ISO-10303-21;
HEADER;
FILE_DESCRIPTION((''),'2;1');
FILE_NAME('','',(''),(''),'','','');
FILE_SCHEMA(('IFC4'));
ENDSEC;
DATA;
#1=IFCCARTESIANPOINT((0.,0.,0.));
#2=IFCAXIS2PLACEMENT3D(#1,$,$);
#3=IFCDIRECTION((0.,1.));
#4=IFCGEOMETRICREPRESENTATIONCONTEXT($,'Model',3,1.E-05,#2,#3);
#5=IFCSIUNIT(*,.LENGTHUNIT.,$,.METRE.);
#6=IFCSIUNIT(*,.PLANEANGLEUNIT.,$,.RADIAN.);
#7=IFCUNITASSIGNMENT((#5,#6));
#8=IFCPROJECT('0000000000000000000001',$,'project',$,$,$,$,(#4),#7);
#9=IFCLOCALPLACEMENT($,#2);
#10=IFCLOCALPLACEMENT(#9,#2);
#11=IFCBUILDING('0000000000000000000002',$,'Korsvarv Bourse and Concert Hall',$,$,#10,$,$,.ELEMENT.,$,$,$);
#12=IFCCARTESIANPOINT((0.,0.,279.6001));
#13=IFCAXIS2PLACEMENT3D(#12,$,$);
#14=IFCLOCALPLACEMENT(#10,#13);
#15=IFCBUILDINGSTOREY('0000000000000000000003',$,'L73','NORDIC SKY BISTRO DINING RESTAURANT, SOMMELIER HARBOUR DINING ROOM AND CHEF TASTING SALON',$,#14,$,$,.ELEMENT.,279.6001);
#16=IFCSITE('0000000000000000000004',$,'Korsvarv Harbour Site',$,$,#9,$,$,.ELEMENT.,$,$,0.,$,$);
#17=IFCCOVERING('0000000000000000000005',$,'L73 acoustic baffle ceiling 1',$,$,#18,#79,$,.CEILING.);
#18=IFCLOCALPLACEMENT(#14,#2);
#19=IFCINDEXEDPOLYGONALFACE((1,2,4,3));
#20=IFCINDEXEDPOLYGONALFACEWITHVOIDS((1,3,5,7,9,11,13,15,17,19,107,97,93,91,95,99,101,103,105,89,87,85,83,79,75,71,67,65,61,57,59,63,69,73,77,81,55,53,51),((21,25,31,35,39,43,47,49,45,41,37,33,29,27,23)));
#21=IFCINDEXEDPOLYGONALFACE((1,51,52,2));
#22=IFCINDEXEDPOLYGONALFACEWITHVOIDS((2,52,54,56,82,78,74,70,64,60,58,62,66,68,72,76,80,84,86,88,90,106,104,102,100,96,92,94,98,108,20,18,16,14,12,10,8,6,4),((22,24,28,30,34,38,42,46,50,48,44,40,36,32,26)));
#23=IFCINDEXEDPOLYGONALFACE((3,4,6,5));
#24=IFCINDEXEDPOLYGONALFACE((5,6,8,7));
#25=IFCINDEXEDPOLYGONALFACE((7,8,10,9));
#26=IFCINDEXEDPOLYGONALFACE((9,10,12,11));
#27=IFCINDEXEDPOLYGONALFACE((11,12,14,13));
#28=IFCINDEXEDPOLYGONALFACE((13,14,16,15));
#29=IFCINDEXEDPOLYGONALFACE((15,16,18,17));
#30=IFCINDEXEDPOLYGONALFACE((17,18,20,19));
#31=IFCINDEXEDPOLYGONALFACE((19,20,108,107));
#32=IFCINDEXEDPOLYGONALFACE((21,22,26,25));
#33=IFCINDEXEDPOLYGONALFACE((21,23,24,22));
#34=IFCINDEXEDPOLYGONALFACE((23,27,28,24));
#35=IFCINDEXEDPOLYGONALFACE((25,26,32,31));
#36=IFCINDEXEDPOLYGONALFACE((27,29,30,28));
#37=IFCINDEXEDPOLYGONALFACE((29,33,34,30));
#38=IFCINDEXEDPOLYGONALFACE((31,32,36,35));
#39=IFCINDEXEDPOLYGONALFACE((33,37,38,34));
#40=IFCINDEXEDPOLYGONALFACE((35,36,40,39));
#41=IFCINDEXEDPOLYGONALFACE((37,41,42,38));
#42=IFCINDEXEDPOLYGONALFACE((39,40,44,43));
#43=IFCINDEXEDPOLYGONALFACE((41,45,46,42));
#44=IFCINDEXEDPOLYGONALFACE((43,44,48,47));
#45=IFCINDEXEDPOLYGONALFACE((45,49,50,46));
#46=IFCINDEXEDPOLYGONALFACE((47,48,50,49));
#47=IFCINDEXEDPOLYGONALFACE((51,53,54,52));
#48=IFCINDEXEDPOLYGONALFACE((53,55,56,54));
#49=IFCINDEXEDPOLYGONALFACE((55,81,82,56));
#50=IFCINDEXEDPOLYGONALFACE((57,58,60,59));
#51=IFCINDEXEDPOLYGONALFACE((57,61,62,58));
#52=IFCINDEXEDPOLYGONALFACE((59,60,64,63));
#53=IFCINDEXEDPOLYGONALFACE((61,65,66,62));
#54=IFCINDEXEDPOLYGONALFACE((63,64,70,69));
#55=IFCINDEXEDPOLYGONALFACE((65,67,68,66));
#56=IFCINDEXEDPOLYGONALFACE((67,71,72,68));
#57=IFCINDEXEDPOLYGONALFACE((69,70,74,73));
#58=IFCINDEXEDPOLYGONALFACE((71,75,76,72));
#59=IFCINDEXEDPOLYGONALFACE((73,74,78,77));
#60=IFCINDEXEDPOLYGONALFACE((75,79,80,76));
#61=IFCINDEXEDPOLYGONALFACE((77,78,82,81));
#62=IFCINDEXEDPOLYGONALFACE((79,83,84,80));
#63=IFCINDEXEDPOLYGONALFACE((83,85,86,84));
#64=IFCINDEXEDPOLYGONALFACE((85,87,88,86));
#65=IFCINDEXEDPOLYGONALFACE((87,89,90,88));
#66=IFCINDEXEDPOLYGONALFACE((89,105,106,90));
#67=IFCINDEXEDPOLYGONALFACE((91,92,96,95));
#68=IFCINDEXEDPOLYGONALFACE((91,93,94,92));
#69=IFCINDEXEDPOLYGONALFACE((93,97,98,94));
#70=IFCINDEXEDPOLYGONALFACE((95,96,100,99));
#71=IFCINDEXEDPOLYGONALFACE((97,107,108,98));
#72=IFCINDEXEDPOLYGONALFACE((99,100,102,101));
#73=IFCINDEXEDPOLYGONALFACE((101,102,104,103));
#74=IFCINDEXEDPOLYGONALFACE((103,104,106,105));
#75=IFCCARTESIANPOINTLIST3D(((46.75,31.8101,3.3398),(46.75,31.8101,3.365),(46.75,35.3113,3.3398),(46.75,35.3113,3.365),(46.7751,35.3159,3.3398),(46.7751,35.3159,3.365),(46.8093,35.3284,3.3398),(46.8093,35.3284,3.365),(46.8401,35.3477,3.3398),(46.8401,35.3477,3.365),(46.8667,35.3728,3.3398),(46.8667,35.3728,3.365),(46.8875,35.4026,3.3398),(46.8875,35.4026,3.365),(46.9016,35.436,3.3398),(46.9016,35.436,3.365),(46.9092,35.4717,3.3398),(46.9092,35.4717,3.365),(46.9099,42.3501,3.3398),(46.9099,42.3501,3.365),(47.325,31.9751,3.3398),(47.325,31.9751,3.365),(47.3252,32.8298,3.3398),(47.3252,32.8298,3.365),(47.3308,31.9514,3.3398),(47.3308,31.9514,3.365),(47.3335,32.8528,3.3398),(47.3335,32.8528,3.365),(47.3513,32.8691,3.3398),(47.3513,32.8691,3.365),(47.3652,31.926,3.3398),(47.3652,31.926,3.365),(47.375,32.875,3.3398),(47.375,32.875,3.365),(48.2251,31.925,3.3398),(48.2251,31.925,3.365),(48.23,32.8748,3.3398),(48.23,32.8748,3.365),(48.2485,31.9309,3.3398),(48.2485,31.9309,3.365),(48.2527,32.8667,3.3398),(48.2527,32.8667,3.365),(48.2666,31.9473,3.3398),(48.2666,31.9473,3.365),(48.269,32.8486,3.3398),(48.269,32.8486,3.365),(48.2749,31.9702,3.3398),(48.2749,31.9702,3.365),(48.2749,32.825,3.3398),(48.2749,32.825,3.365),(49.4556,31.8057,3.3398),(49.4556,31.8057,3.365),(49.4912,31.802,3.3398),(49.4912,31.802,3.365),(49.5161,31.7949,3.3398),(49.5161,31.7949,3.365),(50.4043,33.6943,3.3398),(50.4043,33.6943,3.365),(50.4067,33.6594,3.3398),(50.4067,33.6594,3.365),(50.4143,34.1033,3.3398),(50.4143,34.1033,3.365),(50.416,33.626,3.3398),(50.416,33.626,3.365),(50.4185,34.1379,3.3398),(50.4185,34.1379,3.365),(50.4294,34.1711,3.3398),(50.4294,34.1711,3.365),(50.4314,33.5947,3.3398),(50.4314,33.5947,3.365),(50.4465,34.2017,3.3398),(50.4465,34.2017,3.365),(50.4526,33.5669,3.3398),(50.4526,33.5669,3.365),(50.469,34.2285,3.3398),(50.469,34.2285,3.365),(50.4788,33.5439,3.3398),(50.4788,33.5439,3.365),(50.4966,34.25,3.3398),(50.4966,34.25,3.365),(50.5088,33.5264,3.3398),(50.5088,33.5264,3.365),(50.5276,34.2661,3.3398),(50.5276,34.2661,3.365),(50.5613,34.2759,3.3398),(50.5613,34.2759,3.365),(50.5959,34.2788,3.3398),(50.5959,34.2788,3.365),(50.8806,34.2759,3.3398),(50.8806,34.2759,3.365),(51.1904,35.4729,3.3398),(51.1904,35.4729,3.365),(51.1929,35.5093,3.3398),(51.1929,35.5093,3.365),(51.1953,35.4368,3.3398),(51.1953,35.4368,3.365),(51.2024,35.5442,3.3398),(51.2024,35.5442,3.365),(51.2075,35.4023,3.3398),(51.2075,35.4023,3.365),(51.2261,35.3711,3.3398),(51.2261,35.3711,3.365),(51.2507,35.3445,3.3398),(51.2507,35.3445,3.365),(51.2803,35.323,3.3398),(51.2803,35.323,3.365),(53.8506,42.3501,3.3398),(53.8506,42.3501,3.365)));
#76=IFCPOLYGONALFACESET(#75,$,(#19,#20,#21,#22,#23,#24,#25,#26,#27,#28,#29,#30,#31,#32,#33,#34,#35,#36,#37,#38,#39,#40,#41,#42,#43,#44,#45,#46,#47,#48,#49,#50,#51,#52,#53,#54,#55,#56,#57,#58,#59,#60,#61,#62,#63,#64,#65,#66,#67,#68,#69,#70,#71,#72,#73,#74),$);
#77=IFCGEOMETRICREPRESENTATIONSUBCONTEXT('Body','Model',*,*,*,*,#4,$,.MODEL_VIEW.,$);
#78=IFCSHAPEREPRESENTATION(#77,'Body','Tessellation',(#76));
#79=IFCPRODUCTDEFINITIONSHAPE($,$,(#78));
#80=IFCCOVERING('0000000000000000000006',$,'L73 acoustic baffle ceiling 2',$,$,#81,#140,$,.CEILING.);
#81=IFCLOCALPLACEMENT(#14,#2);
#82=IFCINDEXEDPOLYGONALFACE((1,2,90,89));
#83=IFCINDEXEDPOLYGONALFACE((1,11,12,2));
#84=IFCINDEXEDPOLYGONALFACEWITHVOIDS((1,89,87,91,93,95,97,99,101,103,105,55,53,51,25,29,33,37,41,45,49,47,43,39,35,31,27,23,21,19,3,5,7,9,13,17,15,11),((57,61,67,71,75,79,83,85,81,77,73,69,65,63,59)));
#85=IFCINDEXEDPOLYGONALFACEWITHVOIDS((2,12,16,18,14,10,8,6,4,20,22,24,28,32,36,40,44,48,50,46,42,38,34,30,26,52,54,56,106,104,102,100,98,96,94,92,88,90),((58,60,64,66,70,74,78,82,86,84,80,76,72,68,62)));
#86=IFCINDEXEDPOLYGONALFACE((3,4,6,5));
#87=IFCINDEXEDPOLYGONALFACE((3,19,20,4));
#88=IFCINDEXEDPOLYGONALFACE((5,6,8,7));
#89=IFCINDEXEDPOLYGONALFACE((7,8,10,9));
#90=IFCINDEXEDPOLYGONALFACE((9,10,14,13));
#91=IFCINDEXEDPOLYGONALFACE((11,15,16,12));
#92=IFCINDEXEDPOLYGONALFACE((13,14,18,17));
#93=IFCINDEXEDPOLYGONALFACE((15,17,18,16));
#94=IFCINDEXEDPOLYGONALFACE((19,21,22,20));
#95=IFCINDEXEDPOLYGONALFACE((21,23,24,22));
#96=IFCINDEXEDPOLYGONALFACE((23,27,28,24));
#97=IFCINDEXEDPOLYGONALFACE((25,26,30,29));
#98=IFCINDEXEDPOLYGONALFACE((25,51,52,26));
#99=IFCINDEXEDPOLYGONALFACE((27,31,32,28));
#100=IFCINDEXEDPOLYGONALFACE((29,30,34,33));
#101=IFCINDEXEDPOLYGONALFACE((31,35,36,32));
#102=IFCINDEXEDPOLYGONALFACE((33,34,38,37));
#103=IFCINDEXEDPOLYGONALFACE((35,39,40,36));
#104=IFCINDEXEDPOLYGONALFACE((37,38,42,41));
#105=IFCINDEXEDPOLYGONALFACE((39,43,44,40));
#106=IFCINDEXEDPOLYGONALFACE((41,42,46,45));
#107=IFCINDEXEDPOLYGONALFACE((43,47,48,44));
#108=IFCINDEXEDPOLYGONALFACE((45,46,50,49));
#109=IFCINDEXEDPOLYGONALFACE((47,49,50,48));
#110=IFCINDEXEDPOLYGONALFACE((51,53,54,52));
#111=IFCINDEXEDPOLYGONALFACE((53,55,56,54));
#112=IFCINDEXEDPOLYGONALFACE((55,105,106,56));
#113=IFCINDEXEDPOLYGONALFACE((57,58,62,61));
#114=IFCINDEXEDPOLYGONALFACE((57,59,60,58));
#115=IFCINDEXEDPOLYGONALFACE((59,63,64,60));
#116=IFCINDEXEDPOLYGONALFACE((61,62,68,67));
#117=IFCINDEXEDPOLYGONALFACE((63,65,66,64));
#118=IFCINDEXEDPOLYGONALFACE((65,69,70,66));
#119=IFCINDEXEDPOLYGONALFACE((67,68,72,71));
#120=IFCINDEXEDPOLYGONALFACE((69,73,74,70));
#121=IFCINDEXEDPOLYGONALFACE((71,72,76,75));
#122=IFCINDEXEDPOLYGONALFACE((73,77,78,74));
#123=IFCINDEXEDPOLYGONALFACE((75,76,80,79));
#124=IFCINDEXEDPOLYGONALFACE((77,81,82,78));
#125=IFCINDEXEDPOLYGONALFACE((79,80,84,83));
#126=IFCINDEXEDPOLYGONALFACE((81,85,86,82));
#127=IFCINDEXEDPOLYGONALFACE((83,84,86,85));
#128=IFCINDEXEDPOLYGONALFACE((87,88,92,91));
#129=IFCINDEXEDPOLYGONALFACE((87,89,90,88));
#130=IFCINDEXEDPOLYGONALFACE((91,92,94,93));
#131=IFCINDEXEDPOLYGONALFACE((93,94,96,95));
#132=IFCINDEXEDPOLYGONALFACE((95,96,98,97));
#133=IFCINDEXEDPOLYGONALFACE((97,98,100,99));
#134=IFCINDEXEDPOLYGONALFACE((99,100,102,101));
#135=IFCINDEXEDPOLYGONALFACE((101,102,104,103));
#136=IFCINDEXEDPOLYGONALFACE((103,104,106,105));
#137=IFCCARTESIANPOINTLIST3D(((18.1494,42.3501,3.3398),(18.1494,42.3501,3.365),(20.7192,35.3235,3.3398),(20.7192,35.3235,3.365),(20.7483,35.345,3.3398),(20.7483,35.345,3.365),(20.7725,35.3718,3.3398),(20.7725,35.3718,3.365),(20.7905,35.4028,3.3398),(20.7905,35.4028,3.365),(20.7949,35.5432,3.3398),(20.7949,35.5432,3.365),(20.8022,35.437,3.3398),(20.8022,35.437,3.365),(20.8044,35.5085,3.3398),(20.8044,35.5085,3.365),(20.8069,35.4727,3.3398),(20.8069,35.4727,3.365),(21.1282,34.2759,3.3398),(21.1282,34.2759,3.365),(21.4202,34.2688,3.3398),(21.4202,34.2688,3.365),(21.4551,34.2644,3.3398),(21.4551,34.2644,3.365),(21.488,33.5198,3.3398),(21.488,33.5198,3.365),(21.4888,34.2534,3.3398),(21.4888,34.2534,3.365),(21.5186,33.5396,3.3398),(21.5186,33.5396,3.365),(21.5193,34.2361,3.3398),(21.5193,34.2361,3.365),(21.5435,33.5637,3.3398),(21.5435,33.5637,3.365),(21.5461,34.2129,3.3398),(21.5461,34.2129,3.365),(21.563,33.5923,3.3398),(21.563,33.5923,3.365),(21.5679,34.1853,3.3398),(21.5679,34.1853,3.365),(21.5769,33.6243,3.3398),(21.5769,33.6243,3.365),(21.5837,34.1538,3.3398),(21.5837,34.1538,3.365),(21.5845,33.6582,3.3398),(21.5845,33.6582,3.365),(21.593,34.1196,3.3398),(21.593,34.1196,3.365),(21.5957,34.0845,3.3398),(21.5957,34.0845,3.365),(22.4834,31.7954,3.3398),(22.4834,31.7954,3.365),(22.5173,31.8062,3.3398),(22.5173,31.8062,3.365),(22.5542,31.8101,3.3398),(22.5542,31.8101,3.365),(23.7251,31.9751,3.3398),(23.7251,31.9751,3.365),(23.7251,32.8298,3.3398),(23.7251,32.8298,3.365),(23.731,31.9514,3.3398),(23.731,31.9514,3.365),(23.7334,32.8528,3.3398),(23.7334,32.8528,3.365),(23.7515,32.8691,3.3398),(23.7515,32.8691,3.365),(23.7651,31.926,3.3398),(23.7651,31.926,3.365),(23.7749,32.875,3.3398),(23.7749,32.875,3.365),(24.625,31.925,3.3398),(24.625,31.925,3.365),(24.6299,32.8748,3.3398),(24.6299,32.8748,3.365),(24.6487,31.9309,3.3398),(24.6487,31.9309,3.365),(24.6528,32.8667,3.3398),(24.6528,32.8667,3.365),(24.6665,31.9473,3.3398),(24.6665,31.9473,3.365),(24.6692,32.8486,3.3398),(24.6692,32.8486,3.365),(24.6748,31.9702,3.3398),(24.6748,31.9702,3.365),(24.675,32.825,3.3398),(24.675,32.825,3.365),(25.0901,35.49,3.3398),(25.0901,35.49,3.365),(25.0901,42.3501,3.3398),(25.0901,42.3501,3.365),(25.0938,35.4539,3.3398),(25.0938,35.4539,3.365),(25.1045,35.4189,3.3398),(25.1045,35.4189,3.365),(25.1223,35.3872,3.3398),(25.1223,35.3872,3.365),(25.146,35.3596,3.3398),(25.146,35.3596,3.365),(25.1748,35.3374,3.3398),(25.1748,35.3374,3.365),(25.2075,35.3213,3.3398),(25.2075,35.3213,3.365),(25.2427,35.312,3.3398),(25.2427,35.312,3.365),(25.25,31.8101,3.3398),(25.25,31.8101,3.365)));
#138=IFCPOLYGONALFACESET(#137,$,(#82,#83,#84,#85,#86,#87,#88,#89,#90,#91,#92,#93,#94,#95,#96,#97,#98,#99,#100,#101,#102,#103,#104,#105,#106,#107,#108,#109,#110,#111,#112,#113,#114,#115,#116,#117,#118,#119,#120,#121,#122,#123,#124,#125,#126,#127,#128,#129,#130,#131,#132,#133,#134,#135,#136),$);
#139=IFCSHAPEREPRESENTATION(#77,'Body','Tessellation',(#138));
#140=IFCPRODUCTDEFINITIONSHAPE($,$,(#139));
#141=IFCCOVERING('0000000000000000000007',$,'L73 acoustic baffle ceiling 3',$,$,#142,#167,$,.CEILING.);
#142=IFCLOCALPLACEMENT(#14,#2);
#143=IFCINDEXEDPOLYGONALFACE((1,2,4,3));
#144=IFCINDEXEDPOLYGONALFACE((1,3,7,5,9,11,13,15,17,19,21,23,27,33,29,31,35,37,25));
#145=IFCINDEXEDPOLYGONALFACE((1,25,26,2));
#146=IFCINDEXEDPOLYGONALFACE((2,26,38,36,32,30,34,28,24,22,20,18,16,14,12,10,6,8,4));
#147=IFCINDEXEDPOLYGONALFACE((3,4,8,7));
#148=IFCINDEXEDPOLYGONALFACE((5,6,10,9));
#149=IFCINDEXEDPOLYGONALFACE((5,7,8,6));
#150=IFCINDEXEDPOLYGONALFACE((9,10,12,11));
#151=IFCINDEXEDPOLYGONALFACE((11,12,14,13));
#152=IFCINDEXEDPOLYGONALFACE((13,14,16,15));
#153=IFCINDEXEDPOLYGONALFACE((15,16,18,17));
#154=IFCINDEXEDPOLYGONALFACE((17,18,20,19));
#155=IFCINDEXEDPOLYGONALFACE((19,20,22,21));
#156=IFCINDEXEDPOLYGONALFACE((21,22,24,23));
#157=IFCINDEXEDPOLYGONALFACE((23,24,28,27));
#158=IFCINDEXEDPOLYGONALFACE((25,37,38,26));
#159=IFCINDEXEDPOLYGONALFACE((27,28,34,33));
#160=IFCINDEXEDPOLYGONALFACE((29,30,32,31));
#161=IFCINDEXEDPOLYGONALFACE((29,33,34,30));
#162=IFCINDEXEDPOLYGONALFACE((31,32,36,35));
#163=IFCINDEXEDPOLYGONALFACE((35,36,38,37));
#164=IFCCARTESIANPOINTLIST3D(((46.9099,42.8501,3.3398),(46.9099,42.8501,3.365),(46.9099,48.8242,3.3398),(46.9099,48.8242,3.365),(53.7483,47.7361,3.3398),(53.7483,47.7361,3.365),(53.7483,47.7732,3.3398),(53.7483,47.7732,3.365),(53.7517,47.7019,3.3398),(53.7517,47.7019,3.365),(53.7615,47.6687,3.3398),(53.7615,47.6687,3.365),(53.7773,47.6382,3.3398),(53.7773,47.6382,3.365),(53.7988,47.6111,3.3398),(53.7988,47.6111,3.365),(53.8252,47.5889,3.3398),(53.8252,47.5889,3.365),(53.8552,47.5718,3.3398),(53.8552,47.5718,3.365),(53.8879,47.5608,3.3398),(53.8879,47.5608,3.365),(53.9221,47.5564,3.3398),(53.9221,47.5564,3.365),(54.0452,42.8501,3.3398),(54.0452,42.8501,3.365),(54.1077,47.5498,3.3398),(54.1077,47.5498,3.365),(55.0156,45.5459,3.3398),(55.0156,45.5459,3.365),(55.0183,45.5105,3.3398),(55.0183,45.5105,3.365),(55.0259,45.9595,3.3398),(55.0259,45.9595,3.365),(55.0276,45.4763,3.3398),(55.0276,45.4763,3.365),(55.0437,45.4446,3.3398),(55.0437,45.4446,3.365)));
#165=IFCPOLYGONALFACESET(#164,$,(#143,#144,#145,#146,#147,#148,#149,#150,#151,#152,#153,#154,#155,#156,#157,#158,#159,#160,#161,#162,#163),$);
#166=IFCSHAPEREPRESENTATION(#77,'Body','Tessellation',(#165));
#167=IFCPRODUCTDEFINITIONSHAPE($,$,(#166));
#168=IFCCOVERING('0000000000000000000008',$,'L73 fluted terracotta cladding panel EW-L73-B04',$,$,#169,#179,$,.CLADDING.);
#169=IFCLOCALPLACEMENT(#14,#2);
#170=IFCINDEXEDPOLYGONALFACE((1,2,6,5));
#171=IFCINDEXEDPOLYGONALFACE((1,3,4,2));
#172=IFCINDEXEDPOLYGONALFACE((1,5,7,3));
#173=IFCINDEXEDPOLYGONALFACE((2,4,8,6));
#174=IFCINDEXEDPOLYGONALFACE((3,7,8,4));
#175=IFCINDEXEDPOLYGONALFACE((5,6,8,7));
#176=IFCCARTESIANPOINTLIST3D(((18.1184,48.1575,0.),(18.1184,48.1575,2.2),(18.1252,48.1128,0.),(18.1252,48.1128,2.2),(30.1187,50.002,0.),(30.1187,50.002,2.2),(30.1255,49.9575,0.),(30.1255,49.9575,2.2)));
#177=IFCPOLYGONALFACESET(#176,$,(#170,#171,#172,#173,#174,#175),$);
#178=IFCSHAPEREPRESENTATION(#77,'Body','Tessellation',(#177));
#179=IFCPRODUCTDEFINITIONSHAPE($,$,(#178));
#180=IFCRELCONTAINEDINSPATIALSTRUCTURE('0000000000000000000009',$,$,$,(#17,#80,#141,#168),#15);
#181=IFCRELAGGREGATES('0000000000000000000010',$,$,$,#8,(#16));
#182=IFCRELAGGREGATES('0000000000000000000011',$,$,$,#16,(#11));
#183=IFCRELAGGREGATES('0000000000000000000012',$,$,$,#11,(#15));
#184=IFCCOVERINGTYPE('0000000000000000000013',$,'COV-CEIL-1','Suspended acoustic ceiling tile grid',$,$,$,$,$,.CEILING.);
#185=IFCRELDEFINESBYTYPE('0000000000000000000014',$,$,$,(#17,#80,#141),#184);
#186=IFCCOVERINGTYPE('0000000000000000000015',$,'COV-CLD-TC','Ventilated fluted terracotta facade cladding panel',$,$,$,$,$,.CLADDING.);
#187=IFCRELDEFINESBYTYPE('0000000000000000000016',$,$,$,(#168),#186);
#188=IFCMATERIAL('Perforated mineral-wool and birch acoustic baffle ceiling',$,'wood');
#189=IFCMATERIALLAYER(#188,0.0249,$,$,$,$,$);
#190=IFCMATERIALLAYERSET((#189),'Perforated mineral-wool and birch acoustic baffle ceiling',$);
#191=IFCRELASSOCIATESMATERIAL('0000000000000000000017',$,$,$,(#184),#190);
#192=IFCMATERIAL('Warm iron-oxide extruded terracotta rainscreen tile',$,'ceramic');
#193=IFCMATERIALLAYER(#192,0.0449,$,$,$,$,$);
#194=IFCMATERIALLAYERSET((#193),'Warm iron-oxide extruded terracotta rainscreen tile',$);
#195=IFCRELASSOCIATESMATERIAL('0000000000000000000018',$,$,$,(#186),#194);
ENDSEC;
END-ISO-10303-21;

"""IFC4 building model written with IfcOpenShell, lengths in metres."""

from ifc_helpers import new_model, si_unit, direction, frame, origin, place, context, subcontext, project, spatial, polyline, outline, extrude, material, layer, layer_set, type_object, element, save


model = new_model("IFC4")

# Units and contexts
model_context = context("Model", 3, precision=1e-05, world=origin(), true_north=direction((0.0, 1.0)))
body_context = subcontext(model_context, "Body", "Model", "MODEL_VIEW")
ifc_project = project(units=[si_unit("LENGTHUNIT", "METRE"), si_unit("PLANEANGLEUNIT", "RADIAN")], contexts=[model_context])

# Site, building, storey
site_placement = place(None, origin())
site = spatial("IfcSite", under=ifc_project, at=site_placement, Name="Korsvarv Harbour Site", CompositionType="ELEMENT", RefElevation=0.0)
building_placement = place(site_placement, origin())
building = spatial("IfcBuilding", under=site, at=building_placement, Name="Korsvarv Bourse and Concert Hall", CompositionType="ELEMENT")
storey_placement = place(building_placement, frame((0.0, 0.0, 279.6001)))
storey = spatial("IfcBuildingStorey", under=building, at=storey_placement, Name="L73", Description="NORDIC SKY BISTRO DINING RESTAURANT, SOMMELIER HARBOUR DINING ROOM AND CHEF TASTING SALON", CompositionType="ELEMENT", Elevation=279.6001)

# Coverings
ifc_material_1 = material(Name="Perforated mineral-wool and birch acoustic baffle ceiling", Category="wood")
ifc_layer_1 = layer(ifc_material_1, 0.0249)
ifc_layer_set_1 = layer_set([ifc_layer_1], Name="Perforated mineral-wool and birch acoustic baffle ceiling")
covering_type_1 = type_object("IfcCoveringType", Name="COV-CEIL-1", Description="Suspended acoustic ceiling tile grid", PredefinedType="CEILING", material=ifc_layer_set_1)
covering_1_placement = place(storey_placement, frame((0.0, 0.0, 3.3398)))
element("IfcCovering", 1, at=covering_1_placement, inside=storey, type_object=covering_type_1, Name="L73 acoustic baffle ceiling 1", PredefinedType="CEILING", context=body_context, shape_type="SweptSolid", body=[
    extrude(outline(polyline([(46.75, 35.3113), (46.7751, 35.3159), (46.8093, 35.3284), (46.8401, 35.3477), (46.8667, 35.3728), (46.8875, 35.4026), (46.9016, 35.436), (46.9092, 35.4717), (46.9099, 42.3501), (53.8506, 42.3501), (51.2024, 35.5442), (51.1929, 35.5093), (51.1904, 35.4729), (51.1953, 35.4368), (51.2075, 35.4023), (51.2261, 35.3711), (51.2507, 35.3445), (51.2803, 35.323), (50.8806, 34.2759), (50.5959, 34.2788), (50.5613, 34.2759), (50.5276, 34.2661), (50.4966, 34.25), (50.469, 34.2285), (50.4465, 34.2017), (50.4294, 34.1711), (50.4185, 34.1379), (50.4143, 34.1033), (50.4043, 33.6943), (50.4067, 33.6594), (50.416, 33.626), (50.4314, 33.5947), (50.4526, 33.5669), (50.4788, 33.5439), (50.5088, 33.5264), (49.5161, 31.7949), (49.4912, 31.802), (49.4556, 31.8057), (46.75, 31.8101), (46.75, 35.3113)]), holes=[polyline([(47.3652, 31.926), (48.2251, 31.925), (48.2485, 31.9309), (48.2666, 31.9473), (48.2749, 31.9702), (48.2749, 32.825), (48.269, 32.8486), (48.2527, 32.8667), (48.23, 32.8748), (47.375, 32.875), (47.3513, 32.8691), (47.3335, 32.8528), (47.3252, 32.8298), (47.325, 31.9751), (47.3308, 31.9514), (47.3652, 31.926)])]), origin(), (0.0, 0.0, 1.0), 0.0251),
])
covering_2_placement = place(storey_placement, frame((0.0, 0.0, 3.3398)))
element("IfcCovering", 2, at=covering_2_placement, inside=storey, type_object=covering_type_1, Name="L73 acoustic baffle ceiling 2", PredefinedType="CEILING", context=body_context, shape_type="SweptSolid", body=[
    extrude(outline(polyline([(20.7192, 35.3235), (20.7483, 35.345), (20.7725, 35.3718), (20.7905, 35.4028), (20.8022, 35.437), (20.8069, 35.4727), (20.8044, 35.5085), (20.7949, 35.5432), (18.1494, 42.3501), (25.0901, 42.3501), (25.0901, 35.49), (25.0938, 35.4539), (25.1045, 35.4189), (25.1223, 35.3872), (25.146, 35.3596), (25.1748, 35.3374), (25.2075, 35.3213), (25.2427, 35.312), (25.25, 31.8101), (22.5542, 31.8101), (22.5173, 31.8062), (22.4834, 31.7954), (21.488, 33.5198), (21.5186, 33.5396), (21.5435, 33.5637), (21.563, 33.5923), (21.5769, 33.6243), (21.5845, 33.6582), (21.5957, 34.0845), (21.593, 34.1196), (21.5837, 34.1538), (21.5679, 34.1853), (21.5461, 34.2129), (21.5193, 34.2361), (21.4888, 34.2534), (21.4551, 34.2644), (21.4202, 34.2688), (21.1282, 34.2759), (20.7192, 35.3235)]), holes=[polyline([(23.7651, 31.926), (24.625, 31.925), (24.6487, 31.9309), (24.6665, 31.9473), (24.6748, 31.9702), (24.675, 32.825), (24.6692, 32.8486), (24.6528, 32.8667), (24.6299, 32.8748), (23.7749, 32.875), (23.7515, 32.8691), (23.7334, 32.8528), (23.7251, 32.8298), (23.7251, 31.9751), (23.731, 31.9514), (23.7651, 31.926)])]), origin(), (0.0, 0.0, 1.0), 0.0251),
])
covering_3_placement = place(storey_placement, frame((0.0, 0.0, 3.3398)))
element("IfcCovering", 3, at=covering_3_placement, inside=storey, type_object=covering_type_1, Name="L73 acoustic baffle ceiling 3", PredefinedType="CEILING", context=body_context, shape_type="SweptSolid", body=[
    extrude(outline(polyline([(53.7483, 47.7361), (53.7517, 47.7019), (53.7615, 47.6687), (53.7773, 47.6382), (53.7988, 47.6111), (53.8252, 47.5889), (53.8552, 47.5718), (53.8879, 47.5608), (53.9221, 47.5564), (54.1077, 47.5498), (55.0259, 45.9595), (55.0156, 45.5459), (55.0183, 45.5105), (55.0276, 45.4763), (55.0437, 45.4446), (54.0452, 42.8501), (46.9099, 42.8501), (46.9099, 48.8242), (53.7483, 47.7732), (53.7483, 47.7361)])), origin(), (0.0, 0.0, 1.0), 0.0251),
])
ifc_material_2 = material(Name="Warm iron-oxide extruded terracotta rainscreen tile", Category="ceramic")
ifc_layer_2 = layer(ifc_material_2, 0.0449)
ifc_layer_set_2 = layer_set([ifc_layer_2], Name="Warm iron-oxide extruded terracotta rainscreen tile")
covering_type_2 = type_object("IfcCoveringType", Name="COV-CLD-TC", Description="Ventilated fluted terracotta facade cladding panel", PredefinedType="CLADDING", material=ifc_layer_set_2)
covering_4_placement = place(storey_placement, origin())
element("IfcCovering", 4, at=covering_4_placement, inside=storey, type_object=covering_type_2, Name="L73 fluted terracotta cladding panel EW-L73-B04", PredefinedType="CLADDING", context=body_context, shape_type="SweptSolid", body=[
    extrude(outline(polyline([(30.1255, 49.9575), (18.1252, 48.1128), (18.1184, 48.1575), (30.1187, 50.002), (30.1255, 49.9575)])), origin(), (0.0, 0.0, 1.0), 2.2),
])

save(model, "model.ifc")
